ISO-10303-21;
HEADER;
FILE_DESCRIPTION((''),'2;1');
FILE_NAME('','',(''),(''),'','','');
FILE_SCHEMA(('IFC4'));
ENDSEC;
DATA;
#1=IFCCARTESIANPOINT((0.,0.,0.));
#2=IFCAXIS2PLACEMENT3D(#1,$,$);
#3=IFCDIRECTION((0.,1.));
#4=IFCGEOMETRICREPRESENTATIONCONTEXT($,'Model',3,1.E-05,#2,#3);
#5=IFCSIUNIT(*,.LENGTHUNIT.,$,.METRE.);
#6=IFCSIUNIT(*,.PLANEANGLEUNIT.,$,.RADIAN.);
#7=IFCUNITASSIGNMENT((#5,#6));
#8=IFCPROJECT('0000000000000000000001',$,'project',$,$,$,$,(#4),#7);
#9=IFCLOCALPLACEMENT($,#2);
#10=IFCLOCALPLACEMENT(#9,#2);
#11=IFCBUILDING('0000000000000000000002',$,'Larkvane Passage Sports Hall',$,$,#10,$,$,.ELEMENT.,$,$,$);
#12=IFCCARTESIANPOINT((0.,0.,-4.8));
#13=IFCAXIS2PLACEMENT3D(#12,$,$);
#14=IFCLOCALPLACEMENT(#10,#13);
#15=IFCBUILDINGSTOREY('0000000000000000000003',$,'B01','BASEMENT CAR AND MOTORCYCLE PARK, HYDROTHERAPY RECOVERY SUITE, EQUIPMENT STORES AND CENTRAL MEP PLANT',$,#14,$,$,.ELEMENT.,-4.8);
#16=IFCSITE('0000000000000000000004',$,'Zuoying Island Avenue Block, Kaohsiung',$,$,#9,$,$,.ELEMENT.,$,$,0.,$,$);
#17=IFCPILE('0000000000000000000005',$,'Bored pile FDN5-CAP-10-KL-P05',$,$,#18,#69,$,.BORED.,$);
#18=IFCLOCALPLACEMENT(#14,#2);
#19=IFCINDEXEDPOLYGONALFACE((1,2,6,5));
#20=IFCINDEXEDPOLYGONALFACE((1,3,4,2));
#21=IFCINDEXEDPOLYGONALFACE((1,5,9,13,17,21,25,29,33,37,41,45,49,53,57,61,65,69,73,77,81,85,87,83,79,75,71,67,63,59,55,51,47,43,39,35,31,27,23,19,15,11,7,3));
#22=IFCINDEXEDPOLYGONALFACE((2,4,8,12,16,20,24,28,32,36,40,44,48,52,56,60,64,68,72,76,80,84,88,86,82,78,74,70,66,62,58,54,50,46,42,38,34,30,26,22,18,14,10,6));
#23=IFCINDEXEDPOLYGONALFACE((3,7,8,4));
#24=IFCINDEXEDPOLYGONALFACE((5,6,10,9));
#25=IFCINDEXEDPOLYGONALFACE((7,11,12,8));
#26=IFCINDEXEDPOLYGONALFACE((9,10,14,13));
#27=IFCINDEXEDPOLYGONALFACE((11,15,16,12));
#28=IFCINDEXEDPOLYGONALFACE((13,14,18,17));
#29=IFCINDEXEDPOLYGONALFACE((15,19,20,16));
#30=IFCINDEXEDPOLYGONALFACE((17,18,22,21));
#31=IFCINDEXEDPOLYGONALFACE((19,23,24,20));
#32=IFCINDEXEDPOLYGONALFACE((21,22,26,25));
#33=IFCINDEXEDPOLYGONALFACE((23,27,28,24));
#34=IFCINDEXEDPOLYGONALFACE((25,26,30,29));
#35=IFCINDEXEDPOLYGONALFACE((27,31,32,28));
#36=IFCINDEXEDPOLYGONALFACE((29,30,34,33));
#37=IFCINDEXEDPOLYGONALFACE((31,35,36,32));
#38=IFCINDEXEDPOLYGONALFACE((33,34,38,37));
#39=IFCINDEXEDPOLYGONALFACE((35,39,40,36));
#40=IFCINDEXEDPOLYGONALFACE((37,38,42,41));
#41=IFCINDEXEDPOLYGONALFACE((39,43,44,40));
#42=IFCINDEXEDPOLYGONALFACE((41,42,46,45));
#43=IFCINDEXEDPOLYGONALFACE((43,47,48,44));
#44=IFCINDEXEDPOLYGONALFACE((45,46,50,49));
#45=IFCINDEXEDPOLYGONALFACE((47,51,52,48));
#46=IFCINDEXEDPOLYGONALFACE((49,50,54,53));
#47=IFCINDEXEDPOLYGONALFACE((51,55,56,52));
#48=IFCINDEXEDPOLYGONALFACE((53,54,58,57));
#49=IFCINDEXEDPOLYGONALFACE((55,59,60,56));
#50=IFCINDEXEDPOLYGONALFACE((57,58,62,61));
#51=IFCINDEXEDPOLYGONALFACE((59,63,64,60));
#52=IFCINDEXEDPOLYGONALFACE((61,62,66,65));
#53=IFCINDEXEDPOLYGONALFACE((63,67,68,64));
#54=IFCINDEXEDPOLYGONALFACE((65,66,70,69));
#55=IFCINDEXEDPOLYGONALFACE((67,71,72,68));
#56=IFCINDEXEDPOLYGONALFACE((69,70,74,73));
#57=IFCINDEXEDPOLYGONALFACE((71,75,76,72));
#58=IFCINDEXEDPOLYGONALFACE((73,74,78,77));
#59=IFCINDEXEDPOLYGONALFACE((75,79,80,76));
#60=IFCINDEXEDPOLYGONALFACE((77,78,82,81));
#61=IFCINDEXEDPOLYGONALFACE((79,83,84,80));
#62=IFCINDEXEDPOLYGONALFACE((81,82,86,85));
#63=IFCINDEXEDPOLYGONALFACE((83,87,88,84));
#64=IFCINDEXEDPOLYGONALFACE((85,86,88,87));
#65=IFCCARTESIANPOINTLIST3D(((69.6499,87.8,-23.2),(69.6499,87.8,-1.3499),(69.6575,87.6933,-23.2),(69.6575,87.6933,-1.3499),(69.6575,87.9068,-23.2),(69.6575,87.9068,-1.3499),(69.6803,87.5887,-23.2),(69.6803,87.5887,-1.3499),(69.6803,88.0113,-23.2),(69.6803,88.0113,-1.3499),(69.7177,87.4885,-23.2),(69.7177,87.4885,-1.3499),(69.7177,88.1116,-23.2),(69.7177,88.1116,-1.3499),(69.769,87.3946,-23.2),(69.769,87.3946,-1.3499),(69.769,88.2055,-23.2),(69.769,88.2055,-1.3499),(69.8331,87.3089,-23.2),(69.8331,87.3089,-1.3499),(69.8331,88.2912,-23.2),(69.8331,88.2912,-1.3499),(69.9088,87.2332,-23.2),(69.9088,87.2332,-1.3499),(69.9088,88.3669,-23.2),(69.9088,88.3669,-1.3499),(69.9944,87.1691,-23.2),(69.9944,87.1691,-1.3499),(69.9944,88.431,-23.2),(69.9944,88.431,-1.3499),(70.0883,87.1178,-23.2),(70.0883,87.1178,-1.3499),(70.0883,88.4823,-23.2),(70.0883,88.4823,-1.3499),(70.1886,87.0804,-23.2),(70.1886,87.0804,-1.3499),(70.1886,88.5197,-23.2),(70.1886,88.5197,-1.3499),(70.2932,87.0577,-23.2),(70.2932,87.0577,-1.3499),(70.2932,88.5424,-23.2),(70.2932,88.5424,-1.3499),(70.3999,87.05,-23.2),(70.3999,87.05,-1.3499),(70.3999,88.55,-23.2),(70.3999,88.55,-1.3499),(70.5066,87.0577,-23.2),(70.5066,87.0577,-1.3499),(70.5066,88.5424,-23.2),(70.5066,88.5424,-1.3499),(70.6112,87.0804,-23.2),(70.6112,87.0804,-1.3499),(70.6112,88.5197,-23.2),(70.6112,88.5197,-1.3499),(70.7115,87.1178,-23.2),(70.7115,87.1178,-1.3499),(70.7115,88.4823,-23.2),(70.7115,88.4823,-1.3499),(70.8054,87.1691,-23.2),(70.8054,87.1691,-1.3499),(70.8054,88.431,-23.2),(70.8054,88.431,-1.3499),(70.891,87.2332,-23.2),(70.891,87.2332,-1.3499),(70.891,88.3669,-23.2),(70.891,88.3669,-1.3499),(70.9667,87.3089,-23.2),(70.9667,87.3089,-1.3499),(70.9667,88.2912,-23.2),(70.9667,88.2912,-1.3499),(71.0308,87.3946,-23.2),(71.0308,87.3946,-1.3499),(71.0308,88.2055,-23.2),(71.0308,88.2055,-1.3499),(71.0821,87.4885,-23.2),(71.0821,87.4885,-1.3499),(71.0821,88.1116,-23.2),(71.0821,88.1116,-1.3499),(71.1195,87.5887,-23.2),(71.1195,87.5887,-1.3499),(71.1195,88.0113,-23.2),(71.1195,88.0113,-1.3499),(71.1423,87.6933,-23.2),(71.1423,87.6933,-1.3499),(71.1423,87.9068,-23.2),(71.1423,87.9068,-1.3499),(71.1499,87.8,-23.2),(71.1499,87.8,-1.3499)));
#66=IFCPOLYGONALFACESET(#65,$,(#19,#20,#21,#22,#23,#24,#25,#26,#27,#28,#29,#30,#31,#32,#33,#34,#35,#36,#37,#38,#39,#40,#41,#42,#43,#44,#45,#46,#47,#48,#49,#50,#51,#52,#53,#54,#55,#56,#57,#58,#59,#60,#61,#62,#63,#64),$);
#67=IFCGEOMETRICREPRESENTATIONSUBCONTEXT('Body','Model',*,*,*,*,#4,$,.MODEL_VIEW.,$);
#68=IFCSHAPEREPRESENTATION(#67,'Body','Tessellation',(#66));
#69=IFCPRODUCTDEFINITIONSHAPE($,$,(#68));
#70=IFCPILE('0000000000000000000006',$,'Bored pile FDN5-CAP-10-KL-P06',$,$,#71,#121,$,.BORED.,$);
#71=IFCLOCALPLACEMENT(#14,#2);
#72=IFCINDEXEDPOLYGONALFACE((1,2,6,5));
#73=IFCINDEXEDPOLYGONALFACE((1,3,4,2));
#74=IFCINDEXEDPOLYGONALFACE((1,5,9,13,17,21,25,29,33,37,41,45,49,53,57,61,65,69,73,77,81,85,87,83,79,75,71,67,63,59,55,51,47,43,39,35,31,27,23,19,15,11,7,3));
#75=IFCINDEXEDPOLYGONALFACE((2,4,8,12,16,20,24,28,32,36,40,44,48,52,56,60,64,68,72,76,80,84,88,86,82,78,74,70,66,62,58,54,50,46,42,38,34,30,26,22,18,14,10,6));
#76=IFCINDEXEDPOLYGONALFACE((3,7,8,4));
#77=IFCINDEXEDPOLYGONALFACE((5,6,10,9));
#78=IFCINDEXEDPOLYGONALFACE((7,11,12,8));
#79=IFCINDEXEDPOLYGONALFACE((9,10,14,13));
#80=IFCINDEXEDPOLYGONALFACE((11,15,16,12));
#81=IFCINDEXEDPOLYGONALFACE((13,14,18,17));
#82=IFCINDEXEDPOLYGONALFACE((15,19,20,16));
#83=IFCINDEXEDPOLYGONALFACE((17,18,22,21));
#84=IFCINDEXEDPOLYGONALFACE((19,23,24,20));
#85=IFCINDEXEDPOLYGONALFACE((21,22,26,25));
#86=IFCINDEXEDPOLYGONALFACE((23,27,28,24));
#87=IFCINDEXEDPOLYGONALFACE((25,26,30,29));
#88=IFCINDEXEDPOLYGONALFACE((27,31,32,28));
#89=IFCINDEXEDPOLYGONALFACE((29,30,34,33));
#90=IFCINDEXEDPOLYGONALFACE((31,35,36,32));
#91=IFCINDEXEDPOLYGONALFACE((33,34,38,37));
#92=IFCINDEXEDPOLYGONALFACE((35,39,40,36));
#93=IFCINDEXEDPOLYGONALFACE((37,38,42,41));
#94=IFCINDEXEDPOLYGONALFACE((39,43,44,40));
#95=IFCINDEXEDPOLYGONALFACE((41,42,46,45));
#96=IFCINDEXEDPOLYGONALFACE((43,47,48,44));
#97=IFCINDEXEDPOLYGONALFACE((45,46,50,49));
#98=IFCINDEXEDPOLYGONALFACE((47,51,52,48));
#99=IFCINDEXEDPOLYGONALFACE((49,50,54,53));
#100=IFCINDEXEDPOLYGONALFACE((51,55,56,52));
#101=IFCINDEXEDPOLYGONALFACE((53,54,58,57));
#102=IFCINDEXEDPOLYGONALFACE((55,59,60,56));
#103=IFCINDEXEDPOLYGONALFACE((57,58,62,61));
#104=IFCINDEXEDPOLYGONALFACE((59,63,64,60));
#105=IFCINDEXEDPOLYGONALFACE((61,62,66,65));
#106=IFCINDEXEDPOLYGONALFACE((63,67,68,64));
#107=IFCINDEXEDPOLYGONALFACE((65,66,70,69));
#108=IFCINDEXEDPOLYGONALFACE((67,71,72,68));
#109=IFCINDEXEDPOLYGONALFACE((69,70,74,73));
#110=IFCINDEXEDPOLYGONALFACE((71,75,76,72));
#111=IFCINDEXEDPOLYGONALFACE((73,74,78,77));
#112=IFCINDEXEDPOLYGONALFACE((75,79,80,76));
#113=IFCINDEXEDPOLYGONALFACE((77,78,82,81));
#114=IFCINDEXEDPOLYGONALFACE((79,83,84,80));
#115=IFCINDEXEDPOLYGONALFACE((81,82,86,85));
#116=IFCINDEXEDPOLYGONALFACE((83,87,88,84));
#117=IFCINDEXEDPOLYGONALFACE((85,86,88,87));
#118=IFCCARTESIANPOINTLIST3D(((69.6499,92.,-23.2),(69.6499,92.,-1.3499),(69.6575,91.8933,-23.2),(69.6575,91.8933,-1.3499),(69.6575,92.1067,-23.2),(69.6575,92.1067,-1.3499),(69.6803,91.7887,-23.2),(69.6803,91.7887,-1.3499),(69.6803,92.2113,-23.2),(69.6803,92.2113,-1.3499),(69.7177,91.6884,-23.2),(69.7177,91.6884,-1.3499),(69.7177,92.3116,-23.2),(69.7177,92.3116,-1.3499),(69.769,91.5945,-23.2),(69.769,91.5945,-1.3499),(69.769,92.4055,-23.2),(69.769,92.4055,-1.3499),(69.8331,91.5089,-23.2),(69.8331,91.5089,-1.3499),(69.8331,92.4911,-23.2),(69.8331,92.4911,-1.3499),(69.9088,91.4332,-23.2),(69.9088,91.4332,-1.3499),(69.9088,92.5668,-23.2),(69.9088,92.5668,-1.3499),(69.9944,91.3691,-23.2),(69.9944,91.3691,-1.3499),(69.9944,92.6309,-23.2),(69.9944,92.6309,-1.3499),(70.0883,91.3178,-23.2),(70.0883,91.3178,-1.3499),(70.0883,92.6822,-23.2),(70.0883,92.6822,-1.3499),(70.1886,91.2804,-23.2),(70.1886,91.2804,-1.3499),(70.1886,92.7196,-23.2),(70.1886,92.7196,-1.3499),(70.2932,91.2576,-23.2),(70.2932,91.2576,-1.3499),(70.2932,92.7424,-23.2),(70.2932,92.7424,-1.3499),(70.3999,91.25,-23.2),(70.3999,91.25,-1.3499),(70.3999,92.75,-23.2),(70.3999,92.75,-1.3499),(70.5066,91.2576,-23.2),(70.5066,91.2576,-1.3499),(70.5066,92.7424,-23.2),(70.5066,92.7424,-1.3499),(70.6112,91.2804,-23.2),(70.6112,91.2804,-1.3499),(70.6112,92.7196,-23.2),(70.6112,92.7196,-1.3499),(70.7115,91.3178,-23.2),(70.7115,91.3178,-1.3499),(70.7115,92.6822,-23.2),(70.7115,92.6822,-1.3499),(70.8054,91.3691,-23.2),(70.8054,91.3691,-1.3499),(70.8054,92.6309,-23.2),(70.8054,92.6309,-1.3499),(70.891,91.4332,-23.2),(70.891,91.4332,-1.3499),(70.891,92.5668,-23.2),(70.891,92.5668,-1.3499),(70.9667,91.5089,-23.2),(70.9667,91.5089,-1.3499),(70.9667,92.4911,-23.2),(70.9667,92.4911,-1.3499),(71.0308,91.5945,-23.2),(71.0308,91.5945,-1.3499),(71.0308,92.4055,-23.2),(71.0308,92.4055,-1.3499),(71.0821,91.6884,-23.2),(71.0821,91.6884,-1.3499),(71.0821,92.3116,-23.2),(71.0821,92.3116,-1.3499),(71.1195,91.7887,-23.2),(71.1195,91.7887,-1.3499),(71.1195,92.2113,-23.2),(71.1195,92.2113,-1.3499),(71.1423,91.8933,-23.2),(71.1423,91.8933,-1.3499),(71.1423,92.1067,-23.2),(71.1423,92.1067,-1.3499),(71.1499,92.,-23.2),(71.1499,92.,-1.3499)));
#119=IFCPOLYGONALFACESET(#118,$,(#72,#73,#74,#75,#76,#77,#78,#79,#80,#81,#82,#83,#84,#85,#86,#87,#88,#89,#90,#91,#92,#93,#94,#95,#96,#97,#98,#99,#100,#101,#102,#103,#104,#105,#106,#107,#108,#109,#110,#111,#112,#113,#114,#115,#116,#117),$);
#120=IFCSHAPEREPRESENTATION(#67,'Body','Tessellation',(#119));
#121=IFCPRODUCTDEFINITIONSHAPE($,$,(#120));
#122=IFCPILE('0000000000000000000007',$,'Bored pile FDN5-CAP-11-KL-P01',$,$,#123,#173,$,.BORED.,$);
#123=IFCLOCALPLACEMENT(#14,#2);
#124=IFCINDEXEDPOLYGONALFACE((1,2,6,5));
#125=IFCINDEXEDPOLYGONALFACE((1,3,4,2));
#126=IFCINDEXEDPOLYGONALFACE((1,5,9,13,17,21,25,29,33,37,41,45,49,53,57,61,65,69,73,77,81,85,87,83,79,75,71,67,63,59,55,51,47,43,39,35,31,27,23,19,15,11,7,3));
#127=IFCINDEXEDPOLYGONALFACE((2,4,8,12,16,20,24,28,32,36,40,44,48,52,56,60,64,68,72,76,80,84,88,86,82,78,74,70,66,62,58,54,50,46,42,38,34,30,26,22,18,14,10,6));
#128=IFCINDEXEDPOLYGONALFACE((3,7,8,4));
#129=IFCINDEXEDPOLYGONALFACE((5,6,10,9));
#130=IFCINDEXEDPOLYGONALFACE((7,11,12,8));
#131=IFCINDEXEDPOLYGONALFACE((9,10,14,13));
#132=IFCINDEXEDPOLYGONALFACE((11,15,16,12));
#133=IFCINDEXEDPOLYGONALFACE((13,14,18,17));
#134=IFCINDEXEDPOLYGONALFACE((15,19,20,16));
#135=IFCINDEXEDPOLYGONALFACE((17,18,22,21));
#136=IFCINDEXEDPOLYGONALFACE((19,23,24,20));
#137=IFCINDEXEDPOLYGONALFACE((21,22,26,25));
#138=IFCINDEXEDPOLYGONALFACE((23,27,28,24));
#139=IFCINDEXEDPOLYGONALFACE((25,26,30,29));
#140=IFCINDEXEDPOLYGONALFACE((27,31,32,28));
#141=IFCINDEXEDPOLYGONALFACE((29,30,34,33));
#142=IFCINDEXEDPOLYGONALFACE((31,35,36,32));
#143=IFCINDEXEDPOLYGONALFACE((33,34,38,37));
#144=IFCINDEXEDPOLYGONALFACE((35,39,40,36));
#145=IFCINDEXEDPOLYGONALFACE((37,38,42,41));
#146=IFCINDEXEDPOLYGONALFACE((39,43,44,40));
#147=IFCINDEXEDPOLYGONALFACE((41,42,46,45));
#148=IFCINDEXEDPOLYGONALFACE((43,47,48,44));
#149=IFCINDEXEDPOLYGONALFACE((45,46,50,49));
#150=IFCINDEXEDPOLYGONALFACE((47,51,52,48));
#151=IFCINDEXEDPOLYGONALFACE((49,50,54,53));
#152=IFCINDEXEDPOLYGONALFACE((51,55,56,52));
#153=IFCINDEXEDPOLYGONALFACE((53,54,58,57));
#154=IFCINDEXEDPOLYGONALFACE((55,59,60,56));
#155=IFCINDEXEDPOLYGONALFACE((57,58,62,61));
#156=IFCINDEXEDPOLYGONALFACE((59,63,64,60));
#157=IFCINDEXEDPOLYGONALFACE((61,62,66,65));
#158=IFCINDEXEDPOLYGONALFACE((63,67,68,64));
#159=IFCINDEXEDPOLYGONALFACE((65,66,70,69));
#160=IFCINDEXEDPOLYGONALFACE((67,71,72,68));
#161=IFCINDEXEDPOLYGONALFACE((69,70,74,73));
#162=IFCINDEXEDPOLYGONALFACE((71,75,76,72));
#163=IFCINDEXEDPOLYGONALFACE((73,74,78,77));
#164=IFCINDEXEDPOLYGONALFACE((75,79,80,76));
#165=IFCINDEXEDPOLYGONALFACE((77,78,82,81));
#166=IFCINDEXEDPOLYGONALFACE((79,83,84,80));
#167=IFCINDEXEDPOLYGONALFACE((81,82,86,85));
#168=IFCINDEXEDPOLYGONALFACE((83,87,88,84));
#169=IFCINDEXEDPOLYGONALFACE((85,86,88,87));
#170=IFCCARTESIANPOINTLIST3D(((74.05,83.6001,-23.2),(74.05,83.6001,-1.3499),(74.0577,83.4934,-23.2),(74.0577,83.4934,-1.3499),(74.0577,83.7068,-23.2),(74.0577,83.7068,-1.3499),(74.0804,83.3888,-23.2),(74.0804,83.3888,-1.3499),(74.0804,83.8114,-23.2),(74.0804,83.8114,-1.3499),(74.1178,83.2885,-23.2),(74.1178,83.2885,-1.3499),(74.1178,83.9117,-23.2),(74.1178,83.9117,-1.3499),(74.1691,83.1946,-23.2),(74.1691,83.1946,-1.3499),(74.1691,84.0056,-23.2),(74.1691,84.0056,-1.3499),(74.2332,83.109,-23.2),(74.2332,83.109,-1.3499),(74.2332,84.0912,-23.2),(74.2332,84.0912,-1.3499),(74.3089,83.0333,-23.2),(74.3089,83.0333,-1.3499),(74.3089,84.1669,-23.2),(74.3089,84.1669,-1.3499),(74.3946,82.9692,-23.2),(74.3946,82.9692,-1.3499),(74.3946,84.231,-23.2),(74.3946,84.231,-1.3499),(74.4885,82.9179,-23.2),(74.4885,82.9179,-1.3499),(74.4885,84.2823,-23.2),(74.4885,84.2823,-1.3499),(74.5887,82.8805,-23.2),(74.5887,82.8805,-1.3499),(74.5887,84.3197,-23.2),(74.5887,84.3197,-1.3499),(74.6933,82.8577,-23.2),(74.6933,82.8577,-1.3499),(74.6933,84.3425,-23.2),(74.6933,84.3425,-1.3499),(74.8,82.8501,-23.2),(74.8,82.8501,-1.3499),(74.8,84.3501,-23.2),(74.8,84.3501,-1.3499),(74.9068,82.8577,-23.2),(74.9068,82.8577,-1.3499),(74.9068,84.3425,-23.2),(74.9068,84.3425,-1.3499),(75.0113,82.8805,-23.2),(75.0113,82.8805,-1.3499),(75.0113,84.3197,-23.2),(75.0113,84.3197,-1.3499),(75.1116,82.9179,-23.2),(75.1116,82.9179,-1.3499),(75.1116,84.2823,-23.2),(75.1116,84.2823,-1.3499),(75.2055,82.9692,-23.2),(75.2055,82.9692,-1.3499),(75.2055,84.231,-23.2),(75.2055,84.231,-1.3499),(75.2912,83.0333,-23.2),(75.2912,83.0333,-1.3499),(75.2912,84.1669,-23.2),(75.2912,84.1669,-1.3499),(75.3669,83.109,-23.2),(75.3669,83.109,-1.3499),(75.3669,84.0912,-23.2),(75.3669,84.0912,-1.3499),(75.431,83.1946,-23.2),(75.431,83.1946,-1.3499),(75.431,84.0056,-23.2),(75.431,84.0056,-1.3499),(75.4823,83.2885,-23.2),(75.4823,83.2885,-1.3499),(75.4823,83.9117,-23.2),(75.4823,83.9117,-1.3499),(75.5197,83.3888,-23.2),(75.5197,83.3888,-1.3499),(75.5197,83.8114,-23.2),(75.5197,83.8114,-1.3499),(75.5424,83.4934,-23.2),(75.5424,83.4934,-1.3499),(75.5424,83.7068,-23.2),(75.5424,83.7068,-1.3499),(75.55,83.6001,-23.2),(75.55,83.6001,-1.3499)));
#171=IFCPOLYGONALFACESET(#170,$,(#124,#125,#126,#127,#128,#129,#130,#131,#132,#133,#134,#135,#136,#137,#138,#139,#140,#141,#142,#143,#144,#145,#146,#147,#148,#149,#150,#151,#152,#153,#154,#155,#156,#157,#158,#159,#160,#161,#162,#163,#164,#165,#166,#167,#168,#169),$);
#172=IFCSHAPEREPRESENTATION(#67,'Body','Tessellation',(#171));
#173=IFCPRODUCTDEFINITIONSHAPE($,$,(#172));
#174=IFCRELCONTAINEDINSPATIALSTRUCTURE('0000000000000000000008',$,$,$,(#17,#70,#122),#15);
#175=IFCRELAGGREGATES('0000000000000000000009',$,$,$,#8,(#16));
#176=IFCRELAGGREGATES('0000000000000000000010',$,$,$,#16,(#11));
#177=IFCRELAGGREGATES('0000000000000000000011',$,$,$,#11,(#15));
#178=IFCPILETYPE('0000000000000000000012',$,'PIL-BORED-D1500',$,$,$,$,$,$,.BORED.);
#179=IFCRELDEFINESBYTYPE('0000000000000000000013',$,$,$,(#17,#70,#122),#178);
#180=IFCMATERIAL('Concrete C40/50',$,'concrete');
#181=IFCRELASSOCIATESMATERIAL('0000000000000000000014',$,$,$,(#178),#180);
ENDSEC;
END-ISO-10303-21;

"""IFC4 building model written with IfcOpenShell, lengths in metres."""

from ifc_helpers import new_model, si_unit, direction, frame, origin, origin_2d, place, context, subcontext, project, spatial, circle, extrude, material, material_profile, profile_set, type_object, element, save


model = new_model("IFC4")

# Units and contexts
model_context = context("Model", 3, precision=1e-05, world=origin(), true_north=direction((0.0, 1.0)))
body_context = subcontext(model_context, "Body", "Model", "MODEL_VIEW")
ifc_project = project(units=[si_unit("LENGTHUNIT", "METRE"), si_unit("PLANEANGLEUNIT", "RADIAN")], contexts=[model_context])

# Site, building, storey
site_placement = place(None, origin())
site = spatial("IfcSite", under=ifc_project, at=site_placement, Name="Zuoying Island Avenue Block, Kaohsiung", CompositionType="ELEMENT", RefElevation=0.0)
building_placement = place(site_placement, origin())
building = spatial("IfcBuilding", under=site, at=building_placement, Name="Larkvane Passage Sports Hall", CompositionType="ELEMENT")
storey_placement = place(building_placement, frame((0.0, 0.0, -4.8)))
storey = spatial("IfcBuildingStorey", under=building, at=storey_placement, Name="B01", Description="BASEMENT CAR AND MOTORCYCLE PARK, HYDROTHERAPY RECOVERY SUITE, EQUIPMENT STORES AND CENTRAL MEP PLANT", CompositionType="ELEMENT", Elevation=-4.8)

# Shared definitions
ifc_material_1 = material(Name="Concrete C40/50", Category="concrete")

# Piles
ifc_material_profile_1 = material_profile(ifc_material_1, circle(Radius=0.75, at=origin_2d()), Name="PILE-D1500")
ifc_profile_set_1 = profile_set([ifc_material_profile_1], Name="Concrete C40/50")
pile_type_1 = type_object("IfcPileType", Name="PIL-BORED-D1500", PredefinedType="BORED", material=ifc_profile_set_1)
for number, where, z_axis, x_axis, name in (
    (1, (70.3999, 87.8, -1.3499), (0.0, 0.0, -1.0), (1.0, 0.0, 0.0), "Bored pile FDN5-CAP-10-KL-P05"),
    (2, (70.3999, 92.0, -1.3499), (0.0, 0.0, -1.0), (1.0, 0.0, 0.0), "Bored pile FDN5-CAP-10-KL-P06"),
    (3, (74.8, 83.6001, -1.3499), (0.0, 0.0, -1.0), (1.0, 0.0, 0.0), "Bored pile FDN5-CAP-11-KL-P01"),
):
    element("IfcPile", number, at=place(storey_placement, frame(where, z_axis=z_axis, x_axis=x_axis)), inside=storey, type_object=pile_type_1, Name=name, PredefinedType="BORED", context=body_context, shape_type="SweptSolid", body=[
        extrude(circle(Radius=0.75, at=origin_2d()), origin(), (0.0, 0.0, 1.0), 21.8501),
    ])

save(model, "model.ifc")
